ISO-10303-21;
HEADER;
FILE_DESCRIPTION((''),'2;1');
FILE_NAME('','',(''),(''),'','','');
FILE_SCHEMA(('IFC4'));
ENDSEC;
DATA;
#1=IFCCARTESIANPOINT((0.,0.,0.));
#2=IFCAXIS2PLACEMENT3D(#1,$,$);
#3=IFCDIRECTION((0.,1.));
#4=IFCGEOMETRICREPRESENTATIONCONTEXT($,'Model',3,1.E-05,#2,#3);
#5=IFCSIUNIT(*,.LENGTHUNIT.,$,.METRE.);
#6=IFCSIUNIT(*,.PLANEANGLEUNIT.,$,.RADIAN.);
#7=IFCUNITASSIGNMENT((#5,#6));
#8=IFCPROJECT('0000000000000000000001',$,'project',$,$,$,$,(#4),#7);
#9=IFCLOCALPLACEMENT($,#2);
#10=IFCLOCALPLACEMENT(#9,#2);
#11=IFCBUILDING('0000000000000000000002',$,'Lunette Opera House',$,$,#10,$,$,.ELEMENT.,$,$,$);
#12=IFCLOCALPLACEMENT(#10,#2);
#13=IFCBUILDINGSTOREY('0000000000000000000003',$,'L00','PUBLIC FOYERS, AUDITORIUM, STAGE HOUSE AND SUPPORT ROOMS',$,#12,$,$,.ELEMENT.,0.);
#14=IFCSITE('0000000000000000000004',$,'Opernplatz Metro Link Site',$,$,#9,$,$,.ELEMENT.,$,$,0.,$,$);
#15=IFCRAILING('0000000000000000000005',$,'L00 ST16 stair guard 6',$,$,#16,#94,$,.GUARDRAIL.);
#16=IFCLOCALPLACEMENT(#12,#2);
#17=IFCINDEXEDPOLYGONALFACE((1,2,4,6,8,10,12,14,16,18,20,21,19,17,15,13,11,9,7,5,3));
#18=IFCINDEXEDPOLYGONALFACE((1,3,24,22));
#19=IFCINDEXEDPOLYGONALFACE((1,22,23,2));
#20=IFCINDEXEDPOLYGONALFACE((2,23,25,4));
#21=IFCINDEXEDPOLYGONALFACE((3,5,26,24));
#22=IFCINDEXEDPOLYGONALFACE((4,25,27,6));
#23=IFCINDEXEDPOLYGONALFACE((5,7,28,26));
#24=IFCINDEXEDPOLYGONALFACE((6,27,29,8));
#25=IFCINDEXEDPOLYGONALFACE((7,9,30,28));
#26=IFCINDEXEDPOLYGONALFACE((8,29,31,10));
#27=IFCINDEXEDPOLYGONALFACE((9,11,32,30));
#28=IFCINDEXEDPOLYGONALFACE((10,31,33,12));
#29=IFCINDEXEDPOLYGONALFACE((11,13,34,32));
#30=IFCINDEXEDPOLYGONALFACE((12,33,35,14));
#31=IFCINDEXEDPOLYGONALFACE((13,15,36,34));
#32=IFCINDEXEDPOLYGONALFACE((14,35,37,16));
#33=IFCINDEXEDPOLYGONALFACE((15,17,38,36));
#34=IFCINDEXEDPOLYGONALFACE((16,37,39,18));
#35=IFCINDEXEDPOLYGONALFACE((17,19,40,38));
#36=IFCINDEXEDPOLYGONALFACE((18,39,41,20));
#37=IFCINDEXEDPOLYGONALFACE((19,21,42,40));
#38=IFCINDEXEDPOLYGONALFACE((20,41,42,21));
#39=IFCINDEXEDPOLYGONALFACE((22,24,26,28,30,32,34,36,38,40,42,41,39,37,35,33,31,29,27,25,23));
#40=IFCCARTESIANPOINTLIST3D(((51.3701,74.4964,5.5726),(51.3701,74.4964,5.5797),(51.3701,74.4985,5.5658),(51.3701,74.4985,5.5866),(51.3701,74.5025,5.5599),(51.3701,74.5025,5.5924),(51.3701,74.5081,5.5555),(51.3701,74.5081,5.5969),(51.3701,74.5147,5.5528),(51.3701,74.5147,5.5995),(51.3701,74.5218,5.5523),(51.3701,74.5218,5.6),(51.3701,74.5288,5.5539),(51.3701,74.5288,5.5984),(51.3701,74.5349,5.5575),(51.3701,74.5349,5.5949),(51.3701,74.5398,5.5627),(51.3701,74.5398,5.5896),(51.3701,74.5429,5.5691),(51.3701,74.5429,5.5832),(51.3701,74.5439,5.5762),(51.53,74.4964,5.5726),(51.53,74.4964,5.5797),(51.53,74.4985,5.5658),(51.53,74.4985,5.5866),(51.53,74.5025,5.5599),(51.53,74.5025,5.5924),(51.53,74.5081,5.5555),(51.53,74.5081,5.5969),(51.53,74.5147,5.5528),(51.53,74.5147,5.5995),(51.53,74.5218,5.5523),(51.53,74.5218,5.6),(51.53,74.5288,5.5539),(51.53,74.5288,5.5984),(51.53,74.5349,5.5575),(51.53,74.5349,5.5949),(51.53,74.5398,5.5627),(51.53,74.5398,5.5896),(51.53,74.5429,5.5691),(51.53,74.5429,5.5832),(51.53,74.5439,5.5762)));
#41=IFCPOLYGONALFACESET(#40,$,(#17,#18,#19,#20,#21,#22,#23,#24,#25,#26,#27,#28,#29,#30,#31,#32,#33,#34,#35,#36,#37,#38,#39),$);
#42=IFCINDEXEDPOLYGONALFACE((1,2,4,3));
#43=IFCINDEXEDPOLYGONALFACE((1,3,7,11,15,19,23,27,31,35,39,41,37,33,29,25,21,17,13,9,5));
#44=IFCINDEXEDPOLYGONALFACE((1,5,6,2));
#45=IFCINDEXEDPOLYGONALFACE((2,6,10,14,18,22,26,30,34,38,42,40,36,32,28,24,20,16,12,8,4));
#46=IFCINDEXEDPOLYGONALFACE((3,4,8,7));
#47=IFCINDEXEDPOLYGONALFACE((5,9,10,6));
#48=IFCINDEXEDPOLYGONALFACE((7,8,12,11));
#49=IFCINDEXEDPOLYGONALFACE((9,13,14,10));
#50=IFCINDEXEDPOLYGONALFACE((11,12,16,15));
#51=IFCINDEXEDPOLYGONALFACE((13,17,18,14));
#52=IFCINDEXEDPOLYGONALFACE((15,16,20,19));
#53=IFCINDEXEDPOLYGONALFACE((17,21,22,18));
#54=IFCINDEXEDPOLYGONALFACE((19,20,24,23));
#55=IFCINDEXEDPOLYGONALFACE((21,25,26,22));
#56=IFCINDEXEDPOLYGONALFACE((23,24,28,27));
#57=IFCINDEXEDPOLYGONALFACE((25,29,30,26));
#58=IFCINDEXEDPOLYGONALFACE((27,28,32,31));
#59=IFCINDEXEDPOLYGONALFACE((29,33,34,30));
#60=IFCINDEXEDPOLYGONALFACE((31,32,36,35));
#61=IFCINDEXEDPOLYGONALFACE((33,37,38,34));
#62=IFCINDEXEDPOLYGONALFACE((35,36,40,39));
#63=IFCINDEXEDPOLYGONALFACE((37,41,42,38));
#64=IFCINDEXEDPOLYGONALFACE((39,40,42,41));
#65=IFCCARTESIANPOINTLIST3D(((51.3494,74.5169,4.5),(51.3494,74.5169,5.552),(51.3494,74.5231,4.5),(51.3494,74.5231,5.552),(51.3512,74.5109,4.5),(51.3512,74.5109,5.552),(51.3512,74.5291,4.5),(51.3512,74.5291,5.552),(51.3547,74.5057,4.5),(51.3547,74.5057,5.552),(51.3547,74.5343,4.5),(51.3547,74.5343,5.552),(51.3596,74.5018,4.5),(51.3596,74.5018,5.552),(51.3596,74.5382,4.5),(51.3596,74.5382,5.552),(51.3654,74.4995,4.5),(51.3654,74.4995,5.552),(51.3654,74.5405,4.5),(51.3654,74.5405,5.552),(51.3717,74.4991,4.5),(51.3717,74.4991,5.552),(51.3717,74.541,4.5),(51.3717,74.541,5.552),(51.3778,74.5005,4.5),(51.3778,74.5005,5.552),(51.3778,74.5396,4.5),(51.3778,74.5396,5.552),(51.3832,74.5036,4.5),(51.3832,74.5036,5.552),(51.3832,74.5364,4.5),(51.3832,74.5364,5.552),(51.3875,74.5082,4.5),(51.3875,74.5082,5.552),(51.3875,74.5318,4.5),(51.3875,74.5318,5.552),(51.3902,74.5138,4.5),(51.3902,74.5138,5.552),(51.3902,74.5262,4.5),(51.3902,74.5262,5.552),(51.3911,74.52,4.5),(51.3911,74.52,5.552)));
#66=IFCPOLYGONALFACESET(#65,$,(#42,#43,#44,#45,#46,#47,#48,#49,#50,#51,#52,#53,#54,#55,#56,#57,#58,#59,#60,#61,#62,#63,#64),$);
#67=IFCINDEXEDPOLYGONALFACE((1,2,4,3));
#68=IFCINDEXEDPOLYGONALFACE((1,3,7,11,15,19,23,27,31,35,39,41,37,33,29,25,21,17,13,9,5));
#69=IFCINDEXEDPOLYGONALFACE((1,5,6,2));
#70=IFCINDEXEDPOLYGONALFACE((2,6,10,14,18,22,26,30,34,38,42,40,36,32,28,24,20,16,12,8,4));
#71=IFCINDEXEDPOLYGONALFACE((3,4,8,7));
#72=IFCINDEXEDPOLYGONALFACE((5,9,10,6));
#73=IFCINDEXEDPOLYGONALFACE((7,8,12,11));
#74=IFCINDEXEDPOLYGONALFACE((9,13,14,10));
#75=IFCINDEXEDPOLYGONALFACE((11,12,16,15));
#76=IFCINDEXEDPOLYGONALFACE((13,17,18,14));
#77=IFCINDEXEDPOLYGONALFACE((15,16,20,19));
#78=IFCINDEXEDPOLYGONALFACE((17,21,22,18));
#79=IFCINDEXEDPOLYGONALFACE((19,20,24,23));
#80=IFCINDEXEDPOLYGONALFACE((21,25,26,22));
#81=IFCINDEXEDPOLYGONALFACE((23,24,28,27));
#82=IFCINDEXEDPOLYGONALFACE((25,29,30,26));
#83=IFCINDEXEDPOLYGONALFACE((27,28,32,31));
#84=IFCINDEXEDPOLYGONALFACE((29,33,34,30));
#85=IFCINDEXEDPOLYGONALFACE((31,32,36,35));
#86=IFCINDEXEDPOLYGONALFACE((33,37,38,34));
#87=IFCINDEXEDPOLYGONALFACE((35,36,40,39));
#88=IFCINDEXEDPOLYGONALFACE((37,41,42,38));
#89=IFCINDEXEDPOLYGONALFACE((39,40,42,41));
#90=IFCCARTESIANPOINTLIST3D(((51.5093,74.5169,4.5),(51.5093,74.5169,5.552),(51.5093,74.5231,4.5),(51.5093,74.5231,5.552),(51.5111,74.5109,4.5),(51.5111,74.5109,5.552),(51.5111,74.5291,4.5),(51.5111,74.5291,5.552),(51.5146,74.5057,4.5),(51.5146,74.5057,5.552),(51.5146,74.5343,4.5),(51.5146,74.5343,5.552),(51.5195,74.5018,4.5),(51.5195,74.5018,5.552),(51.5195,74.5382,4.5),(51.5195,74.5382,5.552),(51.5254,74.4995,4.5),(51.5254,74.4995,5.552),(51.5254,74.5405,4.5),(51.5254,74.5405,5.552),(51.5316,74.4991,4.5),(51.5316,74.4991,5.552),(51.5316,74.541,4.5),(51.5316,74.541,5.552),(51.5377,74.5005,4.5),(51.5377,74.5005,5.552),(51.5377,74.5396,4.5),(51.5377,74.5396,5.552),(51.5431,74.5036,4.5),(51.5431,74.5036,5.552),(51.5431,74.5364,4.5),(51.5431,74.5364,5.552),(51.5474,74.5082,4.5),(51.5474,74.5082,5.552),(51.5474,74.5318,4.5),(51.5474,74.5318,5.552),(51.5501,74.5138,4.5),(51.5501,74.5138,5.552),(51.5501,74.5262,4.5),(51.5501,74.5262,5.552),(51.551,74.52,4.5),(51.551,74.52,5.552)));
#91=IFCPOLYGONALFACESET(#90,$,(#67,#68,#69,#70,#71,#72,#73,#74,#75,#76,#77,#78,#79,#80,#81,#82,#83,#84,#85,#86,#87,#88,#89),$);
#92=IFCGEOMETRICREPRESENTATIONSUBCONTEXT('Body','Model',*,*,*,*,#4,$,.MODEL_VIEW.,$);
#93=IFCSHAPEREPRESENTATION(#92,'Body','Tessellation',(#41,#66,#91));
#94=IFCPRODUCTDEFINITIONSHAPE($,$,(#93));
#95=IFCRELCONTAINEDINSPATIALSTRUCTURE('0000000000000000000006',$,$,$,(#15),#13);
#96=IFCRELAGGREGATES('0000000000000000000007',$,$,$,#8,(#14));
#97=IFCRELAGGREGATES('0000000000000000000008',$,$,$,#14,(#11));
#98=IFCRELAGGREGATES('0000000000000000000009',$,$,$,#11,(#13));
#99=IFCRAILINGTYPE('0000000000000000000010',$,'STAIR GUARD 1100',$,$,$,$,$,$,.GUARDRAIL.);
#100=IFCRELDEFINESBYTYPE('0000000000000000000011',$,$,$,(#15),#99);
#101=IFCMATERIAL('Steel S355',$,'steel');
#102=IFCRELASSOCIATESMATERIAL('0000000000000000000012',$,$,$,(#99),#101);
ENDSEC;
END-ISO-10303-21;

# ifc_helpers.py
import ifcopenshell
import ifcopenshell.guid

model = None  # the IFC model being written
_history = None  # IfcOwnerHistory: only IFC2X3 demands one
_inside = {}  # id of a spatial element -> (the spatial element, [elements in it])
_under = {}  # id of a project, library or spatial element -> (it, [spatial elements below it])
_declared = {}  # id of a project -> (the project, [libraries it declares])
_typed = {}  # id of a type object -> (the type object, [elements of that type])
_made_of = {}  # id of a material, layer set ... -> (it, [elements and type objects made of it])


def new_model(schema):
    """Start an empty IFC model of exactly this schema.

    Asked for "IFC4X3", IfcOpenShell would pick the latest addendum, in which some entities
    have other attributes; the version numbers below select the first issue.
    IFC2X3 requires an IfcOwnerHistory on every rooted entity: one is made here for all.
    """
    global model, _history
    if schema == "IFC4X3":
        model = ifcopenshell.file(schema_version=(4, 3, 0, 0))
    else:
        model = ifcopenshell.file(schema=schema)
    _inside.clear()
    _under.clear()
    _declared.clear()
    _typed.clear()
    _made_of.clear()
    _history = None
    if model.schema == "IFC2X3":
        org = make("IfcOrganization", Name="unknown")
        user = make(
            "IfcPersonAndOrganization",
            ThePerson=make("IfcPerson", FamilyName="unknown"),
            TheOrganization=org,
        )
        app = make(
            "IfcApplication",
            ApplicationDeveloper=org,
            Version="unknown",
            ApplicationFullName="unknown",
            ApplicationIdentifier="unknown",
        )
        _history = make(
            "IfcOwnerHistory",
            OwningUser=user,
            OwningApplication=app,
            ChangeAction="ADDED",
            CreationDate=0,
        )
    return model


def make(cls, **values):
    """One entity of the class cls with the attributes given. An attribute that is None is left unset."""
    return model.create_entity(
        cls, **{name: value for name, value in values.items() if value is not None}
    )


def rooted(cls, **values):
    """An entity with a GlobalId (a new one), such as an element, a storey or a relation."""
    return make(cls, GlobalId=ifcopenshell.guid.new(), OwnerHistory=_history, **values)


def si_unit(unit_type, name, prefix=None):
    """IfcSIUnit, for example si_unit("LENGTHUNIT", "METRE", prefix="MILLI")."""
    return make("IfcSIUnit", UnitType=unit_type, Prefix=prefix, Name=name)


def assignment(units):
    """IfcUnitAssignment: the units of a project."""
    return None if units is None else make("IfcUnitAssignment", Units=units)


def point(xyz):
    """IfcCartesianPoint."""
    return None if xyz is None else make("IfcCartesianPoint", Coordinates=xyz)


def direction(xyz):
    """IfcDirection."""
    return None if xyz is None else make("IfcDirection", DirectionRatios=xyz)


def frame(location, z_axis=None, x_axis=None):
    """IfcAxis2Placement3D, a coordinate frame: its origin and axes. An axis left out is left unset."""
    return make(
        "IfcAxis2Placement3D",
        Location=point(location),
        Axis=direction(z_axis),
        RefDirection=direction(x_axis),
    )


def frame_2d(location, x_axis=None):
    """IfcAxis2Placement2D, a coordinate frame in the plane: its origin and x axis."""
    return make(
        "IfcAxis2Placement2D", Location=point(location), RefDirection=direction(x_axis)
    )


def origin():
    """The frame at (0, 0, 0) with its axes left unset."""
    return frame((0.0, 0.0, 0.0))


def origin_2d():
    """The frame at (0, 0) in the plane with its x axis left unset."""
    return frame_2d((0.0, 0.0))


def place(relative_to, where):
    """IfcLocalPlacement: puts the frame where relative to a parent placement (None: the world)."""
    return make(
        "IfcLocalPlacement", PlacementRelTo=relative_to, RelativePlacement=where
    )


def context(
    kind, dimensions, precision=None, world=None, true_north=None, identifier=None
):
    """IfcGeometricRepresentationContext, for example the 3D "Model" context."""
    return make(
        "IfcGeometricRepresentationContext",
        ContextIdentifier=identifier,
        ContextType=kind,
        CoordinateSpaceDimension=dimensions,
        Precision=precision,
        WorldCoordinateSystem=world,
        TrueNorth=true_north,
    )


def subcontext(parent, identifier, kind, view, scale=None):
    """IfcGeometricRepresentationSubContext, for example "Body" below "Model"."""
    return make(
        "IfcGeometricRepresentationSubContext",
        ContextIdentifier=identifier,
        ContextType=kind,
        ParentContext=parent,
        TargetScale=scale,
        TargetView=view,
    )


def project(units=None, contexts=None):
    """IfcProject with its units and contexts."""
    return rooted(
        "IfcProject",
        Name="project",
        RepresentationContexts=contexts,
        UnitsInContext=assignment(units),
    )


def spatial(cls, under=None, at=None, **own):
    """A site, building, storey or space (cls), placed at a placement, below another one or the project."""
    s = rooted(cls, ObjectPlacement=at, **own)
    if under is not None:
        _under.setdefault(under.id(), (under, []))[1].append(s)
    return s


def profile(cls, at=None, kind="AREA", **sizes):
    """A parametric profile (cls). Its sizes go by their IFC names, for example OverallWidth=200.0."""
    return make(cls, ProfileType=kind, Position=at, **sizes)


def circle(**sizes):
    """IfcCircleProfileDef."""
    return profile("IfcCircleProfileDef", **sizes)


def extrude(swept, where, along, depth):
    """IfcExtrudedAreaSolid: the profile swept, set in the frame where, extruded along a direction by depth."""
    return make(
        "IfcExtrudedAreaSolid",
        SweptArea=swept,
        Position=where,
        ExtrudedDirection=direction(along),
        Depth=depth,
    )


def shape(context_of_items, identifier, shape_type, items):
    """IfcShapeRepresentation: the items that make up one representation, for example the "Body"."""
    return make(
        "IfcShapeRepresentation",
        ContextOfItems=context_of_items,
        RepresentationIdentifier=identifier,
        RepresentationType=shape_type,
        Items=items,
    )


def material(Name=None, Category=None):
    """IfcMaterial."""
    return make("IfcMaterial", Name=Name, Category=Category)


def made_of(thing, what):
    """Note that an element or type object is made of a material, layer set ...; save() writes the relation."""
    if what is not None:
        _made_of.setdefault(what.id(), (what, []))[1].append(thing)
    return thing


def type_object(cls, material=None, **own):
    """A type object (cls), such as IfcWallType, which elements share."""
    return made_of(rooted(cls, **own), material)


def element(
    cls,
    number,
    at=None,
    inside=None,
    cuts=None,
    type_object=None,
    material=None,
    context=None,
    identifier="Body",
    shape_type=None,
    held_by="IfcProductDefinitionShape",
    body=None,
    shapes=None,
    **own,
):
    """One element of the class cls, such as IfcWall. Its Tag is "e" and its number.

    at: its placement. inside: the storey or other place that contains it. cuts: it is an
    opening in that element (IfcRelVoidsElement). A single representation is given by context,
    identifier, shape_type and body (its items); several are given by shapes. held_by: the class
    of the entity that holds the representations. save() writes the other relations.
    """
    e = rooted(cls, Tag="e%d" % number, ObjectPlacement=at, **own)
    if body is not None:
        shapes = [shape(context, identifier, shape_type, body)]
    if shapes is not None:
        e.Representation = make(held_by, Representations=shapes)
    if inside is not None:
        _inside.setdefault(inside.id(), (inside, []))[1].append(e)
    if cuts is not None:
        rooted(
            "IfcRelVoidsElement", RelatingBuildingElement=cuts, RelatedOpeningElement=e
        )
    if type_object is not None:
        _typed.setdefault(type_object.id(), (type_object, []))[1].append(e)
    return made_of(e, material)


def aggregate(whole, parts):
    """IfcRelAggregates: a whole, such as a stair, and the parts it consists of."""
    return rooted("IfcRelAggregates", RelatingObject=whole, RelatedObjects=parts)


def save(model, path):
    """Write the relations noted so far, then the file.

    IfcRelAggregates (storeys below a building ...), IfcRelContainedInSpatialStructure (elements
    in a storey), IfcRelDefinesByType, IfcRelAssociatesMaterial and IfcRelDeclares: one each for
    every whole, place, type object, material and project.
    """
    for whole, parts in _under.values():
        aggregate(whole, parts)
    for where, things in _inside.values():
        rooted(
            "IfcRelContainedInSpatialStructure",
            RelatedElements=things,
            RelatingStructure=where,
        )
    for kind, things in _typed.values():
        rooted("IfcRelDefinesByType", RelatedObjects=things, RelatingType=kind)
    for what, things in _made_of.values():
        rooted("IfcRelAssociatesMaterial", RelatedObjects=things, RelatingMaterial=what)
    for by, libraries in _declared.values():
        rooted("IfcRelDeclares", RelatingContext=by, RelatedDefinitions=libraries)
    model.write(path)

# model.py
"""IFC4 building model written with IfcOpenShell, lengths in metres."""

from ifc_helpers import new_model, si_unit, direction, frame, origin, origin_2d, place, context, subcontext, project, spatial, circle, extrude, material, type_object, element, save


model = new_model("IFC4")

# Units and contexts
model_context = context("Model", 3, precision=1e-05, world=origin(), true_north=direction((0.0, 1.0)))
body_context = subcontext(model_context, "Body", "Model", "MODEL_VIEW")
ifc_project = project(units=[si_unit("LENGTHUNIT", "METRE"), si_unit("PLANEANGLEUNIT", "RADIAN")], contexts=[model_context])

# Site, building, storey
site_placement = place(None, origin())
site = spatial("IfcSite", under=ifc_project, at=site_placement, Name="Opernplatz Metro Link Site", CompositionType="ELEMENT", RefElevation=0.0)
building_placement = place(site_placement, origin())
building = spatial("IfcBuilding", under=site, at=building_placement, Name="Lunette Opera House", CompositionType="ELEMENT")
storey_placement = place(building_placement, origin())
storey = spatial("IfcBuildingStorey", under=building, at=storey_placement, Name="L00", Description="PUBLIC FOYERS, AUDITORIUM, STAGE HOUSE AND SUPPORT ROOMS", CompositionType="ELEMENT", Elevation=0.0)

# Railing
ifc_material_1 = material(Name="Steel S355", Category="steel")
railing_type_1 = type_object("IfcRailingType", Name="STAIR GUARD 1100", PredefinedType="GUARDRAIL", material=ifc_material_1)
railing_1_placement = place(storey_placement, frame((51.3701, 74.52, 4.5)))
element("IfcRailing", 1, at=railing_1_placement, inside=storey, type_object=railing_type_1, Name="L00 ST16 stair guard 6", PredefinedType="GUARDRAIL", context=body_context, shape_type="SweptSolid", body=[
    extrude(circle(Radius=0.0239, at=origin_2d()), frame((0.0, 0.0, 1.0762), z_axis=(1.0, 0.0, 0.0), x_axis=(0.0, 1.0, 0.0)), (0.0, 0.0, 1.0), 0.1599),
    extrude(circle(Radius=0.021, at=origin_2d()), origin(), (0.0, 0.0, 1.0), 1.052),
    extrude(circle(Radius=0.021, at=origin_2d()), frame((0.1599, 0.0, 0.0)), (0.0, 0.0, 1.0), 1.052),
])

save(model, "model.ifc")
